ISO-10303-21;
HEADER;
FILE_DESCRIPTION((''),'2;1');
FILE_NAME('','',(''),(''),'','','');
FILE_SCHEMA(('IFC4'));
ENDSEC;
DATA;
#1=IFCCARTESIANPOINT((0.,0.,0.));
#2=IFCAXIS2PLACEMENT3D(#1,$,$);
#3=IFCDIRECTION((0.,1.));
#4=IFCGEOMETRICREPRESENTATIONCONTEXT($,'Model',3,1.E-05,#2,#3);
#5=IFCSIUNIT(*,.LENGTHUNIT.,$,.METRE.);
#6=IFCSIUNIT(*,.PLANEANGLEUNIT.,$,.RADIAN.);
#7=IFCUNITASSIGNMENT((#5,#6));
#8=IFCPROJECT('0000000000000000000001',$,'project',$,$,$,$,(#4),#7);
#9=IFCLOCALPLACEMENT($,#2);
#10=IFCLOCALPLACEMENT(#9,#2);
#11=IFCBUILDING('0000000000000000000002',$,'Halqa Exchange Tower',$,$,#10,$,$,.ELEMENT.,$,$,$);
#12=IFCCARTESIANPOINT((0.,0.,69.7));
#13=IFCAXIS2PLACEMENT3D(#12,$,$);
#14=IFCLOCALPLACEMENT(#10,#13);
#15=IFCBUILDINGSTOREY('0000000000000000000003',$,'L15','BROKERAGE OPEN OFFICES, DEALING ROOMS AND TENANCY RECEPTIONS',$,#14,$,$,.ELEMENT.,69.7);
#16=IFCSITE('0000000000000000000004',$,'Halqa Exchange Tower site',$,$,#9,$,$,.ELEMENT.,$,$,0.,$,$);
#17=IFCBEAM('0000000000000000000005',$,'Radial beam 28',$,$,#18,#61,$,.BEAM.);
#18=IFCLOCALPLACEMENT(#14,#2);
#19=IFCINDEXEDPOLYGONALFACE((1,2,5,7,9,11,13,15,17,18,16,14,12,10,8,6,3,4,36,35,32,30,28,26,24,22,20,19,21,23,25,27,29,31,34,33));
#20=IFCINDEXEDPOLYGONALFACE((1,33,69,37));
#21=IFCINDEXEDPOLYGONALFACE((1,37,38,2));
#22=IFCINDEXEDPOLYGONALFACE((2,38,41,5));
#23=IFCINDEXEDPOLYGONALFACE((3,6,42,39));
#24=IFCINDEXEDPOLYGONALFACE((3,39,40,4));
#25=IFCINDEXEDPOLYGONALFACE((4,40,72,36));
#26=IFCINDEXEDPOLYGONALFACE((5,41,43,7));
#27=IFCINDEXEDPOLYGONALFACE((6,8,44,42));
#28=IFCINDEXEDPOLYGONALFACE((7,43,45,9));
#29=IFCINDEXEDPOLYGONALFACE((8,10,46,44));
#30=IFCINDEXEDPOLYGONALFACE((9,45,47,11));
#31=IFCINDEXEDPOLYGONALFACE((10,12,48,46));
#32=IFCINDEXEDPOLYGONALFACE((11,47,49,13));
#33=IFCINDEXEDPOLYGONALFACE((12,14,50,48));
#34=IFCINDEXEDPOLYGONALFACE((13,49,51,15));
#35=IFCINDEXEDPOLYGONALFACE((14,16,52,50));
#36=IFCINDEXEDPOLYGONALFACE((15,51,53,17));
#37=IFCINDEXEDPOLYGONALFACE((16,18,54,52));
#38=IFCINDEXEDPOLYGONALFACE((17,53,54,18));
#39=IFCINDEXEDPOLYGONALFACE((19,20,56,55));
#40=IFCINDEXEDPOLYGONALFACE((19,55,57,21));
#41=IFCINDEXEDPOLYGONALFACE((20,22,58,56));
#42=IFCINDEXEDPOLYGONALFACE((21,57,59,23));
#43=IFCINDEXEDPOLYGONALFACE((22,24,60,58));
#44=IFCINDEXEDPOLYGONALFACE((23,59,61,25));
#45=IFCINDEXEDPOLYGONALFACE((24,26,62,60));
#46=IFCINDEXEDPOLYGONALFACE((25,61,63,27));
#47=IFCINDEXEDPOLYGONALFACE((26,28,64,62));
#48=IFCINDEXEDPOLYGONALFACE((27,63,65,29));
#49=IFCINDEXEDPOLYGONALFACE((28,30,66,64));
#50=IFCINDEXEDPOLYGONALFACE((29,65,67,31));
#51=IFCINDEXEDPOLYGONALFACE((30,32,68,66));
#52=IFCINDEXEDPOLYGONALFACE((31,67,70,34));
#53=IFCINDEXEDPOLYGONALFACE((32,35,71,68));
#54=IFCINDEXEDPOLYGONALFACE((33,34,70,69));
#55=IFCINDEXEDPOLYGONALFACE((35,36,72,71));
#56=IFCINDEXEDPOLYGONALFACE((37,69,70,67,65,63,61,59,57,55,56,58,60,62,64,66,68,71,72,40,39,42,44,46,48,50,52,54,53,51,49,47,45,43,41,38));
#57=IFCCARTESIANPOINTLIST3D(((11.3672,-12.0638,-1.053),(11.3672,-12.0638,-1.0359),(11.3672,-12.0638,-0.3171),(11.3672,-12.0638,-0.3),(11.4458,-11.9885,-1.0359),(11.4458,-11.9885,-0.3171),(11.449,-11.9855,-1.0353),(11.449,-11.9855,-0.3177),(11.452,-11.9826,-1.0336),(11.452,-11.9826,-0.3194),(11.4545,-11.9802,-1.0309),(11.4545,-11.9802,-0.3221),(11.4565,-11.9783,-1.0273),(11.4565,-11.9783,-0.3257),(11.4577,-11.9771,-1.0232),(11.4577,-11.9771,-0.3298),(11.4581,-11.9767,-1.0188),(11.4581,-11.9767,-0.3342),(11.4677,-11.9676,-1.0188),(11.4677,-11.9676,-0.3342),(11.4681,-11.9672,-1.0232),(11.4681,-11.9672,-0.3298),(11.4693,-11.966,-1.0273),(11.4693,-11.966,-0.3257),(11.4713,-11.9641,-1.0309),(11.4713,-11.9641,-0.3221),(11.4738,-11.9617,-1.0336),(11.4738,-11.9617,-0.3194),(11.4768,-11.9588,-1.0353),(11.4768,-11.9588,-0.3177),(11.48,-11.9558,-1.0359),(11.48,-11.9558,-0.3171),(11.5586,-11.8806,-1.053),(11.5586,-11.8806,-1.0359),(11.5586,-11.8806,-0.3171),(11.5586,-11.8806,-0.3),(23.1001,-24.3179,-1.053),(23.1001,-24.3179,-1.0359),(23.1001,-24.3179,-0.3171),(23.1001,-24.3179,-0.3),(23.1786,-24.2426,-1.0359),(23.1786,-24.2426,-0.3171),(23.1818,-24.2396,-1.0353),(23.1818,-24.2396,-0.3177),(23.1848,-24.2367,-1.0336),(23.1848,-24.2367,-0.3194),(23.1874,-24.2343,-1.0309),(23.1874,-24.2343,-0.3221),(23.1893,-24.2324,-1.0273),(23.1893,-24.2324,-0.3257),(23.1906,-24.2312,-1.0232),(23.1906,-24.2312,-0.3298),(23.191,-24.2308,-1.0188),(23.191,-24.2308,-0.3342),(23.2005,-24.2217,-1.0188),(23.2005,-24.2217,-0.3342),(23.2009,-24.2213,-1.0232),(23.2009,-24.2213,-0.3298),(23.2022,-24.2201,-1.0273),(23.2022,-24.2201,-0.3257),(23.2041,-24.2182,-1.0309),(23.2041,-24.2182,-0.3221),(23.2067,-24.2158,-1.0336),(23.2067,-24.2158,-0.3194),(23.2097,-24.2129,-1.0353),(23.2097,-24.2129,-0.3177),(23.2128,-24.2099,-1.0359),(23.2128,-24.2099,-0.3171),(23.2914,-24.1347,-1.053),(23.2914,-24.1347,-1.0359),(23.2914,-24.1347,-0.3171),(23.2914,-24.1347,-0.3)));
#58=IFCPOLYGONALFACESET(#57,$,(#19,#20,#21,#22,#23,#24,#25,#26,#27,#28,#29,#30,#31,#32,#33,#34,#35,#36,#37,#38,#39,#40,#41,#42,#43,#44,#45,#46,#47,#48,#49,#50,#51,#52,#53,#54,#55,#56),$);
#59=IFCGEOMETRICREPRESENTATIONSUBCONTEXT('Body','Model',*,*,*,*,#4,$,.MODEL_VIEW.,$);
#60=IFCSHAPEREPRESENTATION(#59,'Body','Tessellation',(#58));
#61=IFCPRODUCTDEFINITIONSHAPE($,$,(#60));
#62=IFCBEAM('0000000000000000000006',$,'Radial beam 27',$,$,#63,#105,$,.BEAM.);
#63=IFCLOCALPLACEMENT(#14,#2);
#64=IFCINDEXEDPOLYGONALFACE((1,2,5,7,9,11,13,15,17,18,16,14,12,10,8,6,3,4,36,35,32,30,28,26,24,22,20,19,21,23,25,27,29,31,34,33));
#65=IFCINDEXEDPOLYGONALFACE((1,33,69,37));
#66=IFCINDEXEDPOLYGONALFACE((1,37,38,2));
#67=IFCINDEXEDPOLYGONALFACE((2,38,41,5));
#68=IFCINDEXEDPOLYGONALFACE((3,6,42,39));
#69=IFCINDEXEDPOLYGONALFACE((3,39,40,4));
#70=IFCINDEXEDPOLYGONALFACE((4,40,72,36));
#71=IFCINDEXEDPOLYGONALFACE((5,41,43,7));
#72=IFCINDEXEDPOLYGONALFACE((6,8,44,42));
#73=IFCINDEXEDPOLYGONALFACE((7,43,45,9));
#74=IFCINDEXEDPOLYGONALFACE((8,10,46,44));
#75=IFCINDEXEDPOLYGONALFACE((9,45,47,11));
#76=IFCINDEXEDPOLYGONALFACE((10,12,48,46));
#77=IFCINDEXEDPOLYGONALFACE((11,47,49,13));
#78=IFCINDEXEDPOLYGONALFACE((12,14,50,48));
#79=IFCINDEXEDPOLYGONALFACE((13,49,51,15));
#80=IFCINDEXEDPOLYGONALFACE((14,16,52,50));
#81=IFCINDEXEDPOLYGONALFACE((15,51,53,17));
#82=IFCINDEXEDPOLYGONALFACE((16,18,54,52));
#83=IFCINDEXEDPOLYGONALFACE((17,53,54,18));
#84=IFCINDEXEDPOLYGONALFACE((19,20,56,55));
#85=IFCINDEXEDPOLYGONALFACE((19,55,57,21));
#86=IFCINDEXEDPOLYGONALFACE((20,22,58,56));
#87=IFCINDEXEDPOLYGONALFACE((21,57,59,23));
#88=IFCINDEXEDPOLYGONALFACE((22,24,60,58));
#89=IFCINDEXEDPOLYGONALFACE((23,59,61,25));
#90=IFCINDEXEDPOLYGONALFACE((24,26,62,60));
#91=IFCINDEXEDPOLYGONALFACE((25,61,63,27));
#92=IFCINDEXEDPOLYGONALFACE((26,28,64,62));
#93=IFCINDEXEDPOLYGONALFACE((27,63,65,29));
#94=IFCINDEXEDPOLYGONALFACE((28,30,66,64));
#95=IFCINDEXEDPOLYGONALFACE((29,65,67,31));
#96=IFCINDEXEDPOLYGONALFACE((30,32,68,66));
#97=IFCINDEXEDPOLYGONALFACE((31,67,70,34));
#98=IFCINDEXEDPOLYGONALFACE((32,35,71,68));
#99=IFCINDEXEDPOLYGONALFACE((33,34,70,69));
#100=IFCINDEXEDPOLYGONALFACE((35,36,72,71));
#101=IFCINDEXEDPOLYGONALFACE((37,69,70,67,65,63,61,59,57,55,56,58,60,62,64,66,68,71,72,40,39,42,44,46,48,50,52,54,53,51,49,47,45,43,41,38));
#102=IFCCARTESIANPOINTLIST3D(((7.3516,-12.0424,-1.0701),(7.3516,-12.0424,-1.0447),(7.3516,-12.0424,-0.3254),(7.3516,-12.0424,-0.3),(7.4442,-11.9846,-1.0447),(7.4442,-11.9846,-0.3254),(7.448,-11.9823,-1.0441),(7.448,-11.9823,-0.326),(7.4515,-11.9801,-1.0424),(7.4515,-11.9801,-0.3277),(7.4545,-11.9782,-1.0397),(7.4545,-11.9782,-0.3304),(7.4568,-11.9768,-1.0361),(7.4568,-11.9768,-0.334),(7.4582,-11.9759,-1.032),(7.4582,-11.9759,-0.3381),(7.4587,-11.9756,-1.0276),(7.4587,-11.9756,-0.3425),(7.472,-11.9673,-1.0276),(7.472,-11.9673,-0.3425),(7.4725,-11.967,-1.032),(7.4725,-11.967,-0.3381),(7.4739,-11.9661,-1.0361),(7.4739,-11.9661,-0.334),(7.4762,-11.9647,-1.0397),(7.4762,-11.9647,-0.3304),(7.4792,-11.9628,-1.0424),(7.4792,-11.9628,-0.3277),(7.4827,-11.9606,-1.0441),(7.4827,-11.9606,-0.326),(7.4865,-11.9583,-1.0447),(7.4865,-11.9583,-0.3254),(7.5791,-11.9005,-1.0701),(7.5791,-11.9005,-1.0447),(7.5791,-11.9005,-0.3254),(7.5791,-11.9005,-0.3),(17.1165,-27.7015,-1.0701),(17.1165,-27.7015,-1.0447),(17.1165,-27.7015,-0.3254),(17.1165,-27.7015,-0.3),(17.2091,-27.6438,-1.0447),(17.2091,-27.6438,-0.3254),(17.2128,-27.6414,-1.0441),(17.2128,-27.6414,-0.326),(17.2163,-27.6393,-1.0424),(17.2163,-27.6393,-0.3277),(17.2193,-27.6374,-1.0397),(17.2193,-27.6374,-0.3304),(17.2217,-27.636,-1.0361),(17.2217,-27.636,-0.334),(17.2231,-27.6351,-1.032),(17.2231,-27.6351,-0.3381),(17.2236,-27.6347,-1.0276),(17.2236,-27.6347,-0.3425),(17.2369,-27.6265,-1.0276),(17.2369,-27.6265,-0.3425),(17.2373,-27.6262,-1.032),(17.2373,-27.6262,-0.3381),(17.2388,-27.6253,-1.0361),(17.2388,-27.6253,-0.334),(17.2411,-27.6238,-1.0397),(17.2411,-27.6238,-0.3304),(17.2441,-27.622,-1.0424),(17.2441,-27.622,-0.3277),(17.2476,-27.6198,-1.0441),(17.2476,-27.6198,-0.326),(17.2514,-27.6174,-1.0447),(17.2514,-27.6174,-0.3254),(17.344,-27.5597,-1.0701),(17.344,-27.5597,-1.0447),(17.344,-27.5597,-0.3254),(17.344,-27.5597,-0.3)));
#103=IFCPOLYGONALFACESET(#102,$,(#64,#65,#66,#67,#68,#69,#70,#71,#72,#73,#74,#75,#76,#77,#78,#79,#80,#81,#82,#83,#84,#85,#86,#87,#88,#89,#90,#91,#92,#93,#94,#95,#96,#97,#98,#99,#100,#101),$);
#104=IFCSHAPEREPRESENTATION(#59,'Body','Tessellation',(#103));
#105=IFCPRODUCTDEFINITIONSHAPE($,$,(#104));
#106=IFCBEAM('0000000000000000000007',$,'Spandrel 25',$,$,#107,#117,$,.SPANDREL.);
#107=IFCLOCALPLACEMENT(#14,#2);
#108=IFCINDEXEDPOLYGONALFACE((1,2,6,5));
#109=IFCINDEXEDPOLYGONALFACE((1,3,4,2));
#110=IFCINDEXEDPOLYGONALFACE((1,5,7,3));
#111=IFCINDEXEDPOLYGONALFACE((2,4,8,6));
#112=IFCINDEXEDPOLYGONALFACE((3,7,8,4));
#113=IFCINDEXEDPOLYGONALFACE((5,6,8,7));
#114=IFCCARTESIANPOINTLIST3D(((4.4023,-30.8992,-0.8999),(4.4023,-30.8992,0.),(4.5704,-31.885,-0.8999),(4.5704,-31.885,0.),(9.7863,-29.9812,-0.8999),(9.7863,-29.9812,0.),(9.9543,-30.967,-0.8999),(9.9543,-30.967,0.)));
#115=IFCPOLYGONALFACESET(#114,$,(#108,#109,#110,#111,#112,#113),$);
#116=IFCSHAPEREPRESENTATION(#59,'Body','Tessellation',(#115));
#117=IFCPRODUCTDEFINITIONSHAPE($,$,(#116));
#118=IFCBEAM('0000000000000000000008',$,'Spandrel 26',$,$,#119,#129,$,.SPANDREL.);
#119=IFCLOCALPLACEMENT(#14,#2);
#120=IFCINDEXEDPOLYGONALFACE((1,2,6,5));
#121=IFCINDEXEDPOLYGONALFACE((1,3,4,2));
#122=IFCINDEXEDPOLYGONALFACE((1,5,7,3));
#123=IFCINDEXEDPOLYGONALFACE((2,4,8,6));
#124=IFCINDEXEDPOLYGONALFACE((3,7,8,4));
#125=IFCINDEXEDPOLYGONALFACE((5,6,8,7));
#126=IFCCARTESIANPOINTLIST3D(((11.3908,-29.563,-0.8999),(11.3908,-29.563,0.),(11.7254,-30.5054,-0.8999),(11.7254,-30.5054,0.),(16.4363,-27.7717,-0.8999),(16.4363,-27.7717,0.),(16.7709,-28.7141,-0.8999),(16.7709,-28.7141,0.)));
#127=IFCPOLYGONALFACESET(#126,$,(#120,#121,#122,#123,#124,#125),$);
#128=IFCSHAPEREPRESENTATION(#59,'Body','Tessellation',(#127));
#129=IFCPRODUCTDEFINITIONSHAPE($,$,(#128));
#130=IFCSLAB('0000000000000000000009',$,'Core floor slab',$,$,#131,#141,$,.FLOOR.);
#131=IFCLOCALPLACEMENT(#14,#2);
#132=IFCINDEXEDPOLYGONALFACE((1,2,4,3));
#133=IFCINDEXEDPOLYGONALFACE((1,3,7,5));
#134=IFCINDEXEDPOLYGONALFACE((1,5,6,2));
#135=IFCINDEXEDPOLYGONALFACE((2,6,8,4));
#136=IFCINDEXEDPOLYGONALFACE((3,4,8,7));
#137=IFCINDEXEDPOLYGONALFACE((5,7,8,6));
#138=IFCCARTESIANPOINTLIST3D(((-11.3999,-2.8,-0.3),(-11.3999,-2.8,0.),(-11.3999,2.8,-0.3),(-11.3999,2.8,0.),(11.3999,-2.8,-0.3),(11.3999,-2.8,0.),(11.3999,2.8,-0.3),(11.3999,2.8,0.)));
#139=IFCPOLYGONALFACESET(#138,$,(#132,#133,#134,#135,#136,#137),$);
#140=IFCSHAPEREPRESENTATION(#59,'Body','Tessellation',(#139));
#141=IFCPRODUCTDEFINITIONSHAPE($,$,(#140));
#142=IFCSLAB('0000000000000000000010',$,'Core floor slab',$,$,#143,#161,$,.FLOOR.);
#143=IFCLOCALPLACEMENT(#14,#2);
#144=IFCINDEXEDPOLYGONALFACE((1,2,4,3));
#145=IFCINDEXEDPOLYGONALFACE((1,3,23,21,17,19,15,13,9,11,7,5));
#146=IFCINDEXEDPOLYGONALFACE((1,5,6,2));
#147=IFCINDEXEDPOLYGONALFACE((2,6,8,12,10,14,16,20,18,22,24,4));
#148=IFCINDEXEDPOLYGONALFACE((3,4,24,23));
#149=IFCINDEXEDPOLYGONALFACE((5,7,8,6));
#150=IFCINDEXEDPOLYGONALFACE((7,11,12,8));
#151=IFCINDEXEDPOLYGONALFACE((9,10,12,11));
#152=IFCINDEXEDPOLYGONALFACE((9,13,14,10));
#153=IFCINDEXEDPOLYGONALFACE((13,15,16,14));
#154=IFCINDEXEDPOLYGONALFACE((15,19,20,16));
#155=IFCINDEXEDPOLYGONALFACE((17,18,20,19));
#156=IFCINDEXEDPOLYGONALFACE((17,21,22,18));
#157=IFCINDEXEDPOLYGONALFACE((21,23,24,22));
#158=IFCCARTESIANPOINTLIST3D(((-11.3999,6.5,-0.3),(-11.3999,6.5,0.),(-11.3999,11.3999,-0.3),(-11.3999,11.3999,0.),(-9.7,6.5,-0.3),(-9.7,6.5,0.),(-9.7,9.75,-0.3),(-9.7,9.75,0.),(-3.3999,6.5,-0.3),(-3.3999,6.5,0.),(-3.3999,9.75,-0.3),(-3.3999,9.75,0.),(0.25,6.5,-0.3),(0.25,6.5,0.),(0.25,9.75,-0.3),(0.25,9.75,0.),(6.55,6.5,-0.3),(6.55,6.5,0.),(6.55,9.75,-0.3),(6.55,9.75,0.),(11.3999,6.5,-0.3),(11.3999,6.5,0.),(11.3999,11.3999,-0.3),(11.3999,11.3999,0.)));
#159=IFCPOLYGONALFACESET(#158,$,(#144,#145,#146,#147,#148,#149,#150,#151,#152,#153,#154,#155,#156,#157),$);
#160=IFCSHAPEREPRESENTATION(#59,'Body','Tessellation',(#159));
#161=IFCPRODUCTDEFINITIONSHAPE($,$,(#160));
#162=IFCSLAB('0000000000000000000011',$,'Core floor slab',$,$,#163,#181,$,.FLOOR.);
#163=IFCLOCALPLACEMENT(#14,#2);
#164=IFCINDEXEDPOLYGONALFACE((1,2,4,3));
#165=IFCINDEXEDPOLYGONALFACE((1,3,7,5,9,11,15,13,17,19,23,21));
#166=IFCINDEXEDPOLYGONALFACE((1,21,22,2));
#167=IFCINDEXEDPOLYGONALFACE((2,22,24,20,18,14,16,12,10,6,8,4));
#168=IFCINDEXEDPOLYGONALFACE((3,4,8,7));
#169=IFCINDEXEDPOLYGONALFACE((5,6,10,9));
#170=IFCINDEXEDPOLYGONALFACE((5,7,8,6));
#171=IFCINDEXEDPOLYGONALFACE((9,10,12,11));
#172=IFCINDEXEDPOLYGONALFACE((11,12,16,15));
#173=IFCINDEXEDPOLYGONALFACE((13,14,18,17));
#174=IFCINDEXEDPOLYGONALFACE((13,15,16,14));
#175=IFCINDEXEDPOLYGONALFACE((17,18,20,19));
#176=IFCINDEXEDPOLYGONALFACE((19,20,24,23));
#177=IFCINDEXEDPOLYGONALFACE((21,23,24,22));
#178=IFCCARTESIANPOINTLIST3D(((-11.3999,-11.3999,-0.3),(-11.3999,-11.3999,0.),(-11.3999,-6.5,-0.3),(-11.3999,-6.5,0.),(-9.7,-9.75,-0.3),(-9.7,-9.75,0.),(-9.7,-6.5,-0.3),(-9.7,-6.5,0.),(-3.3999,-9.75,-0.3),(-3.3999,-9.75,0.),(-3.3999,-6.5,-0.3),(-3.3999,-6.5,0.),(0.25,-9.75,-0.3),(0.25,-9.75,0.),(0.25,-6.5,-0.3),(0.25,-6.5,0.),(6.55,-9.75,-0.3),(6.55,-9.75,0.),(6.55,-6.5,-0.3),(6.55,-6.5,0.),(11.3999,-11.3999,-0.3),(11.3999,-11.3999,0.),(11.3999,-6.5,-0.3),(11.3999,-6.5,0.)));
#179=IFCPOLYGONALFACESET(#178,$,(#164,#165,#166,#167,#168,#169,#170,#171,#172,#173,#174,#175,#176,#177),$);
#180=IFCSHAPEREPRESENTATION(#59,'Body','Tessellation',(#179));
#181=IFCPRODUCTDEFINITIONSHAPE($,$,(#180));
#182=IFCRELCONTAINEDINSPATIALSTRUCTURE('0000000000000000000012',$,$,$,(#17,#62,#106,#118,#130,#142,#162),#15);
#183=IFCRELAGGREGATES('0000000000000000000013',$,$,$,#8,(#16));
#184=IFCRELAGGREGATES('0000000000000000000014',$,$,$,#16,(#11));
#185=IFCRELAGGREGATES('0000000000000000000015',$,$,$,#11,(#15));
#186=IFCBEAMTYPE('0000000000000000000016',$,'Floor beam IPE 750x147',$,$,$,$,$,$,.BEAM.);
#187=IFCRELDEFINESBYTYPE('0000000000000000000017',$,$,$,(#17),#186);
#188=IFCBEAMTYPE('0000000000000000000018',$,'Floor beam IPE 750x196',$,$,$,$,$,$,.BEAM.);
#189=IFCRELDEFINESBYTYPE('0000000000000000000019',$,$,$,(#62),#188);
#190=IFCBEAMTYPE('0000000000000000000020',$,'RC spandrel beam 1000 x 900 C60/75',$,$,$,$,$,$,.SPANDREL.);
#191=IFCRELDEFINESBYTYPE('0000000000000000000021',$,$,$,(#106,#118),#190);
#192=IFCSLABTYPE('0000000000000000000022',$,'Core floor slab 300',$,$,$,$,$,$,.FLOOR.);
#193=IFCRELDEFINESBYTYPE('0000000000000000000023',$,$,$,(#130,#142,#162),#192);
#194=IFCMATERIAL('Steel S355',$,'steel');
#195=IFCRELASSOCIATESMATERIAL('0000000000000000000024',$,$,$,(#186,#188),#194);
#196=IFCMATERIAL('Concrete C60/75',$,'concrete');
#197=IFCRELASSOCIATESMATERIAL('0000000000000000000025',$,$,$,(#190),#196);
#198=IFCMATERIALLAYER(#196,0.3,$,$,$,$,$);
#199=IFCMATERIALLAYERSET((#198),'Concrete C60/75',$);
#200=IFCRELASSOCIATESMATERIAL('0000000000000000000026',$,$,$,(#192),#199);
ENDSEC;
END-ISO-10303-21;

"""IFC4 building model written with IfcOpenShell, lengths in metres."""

from ifc_helpers import new_model, si_unit, direction, frame, origin, origin_2d, place, context, subcontext, project, spatial, polyline, rectangle, i_section, outline, extrude, material, layer, layer_set, material_profile, profile_set, type_object, element, save


model = new_model("IFC4")

# Units and contexts
model_context = context("Model", 3, precision=1e-05, world=origin(), true_north=direction((0.0, 1.0)))
body_context = subcontext(model_context, "Body", "Model", "MODEL_VIEW")
ifc_project = project(units=[si_unit("LENGTHUNIT", "METRE"), si_unit("PLANEANGLEUNIT", "RADIAN")], contexts=[model_context])

# Site, building, storey
site_placement = place(None, origin())
site = spatial("IfcSite", under=ifc_project, at=site_placement, Name="Halqa Exchange Tower site", CompositionType="ELEMENT", RefElevation=0.0)
building_placement = place(site_placement, origin())
building = spatial("IfcBuilding", under=site, at=building_placement, Name="Halqa Exchange Tower", CompositionType="ELEMENT")
storey_placement = place(building_placement, frame((0.0, 0.0, 69.7)))
storey = spatial("IfcBuildingStorey", under=building, at=storey_placement, Name="L15", Description="BROKERAGE OPEN OFFICES, DEALING ROOMS AND TENANCY RECEPTIONS", CompositionType="ELEMENT", Elevation=69.7)

# Beams
ifc_material_1 = material(Name="Steel S355", Category="steel")
ifc_material_profile_1 = material_profile(ifc_material_1, i_section(OverallWidth=0.2649, OverallDepth=0.7529, WebThickness=0.0132, FlangeThickness=0.0171, FilletRadius=0.0171, at=origin_2d()), Name="IPE 750x147")
ifc_profile_set_1 = profile_set([ifc_material_profile_1], Name="Steel S355")
beam_type_1 = type_object("IfcBeamType", Name="Floor beam IPE 750x147", PredefinedType="BEAM", material=ifc_profile_set_1)
beam_1_placement = place(storey_placement, frame((11.4629, -11.9722, -0.6765), z_axis=(0.691578, -0.722302, 0.0), x_axis=(0.722302, 0.691578, 0.0)))
element("IfcBeam", 1, at=beam_1_placement, inside=storey, type_object=beam_type_1, Name="Radial beam 28", PredefinedType="BEAM", context=body_context, shape_type="SweptSolid", body=[
    extrude(i_section(OverallWidth=0.2649, OverallDepth=0.7529, WebThickness=0.0132, FlangeThickness=0.0171, FilletRadius=0.0171, at=origin_2d()), origin(), (0.0, 0.0, 1.0), 16.9653),
])
ifc_material_profile_2 = material_profile(ifc_material_1, i_section(OverallWidth=0.2681, OverallDepth=0.77, WebThickness=0.0156, FlangeThickness=0.0254, FilletRadius=0.0171, at=origin_2d()), Name="IPE 750x196")
ifc_profile_set_2 = profile_set([ifc_material_profile_2], Name="Steel S355")
beam_type_2 = type_object("IfcBeamType", Name="Floor beam IPE 750x196", PredefinedType="BEAM", material=ifc_profile_set_2)
beam_2_placement = place(storey_placement, frame((7.4653, -11.9714, -0.6851), z_axis=(0.529138, -0.848536, 0.0), x_axis=(0.848536, 0.529138, 0.0)))
element("IfcBeam", 2, at=beam_2_placement, inside=storey, type_object=beam_type_2, Name="Radial beam 27", PredefinedType="BEAM", context=body_context, shape_type="SweptSolid", body=[
    extrude(i_section(OverallWidth=0.2681, OverallDepth=0.77, WebThickness=0.0156, FlangeThickness=0.0254, FilletRadius=0.0171, at=origin_2d()), origin(), (0.0, 0.0, 1.0), 18.4543),
])
ifc_material_2 = material(Name="Concrete C60/75", Category="concrete")
ifc_material_profile_3 = material_profile(ifc_material_2, rectangle(XDim=1.0, YDim=0.8999, at=origin_2d()), Name="1000 x 900")
ifc_profile_set_3 = profile_set([ifc_material_profile_3], Name="Concrete C60/75")
beam_type_3 = type_object("IfcBeamType", Name="RC spandrel beam 1000 x 900 C60/75", PredefinedType="SPANDREL", material=ifc_profile_set_3)
beam_3_placement = place(storey_placement, frame((4.4863, -31.3921, -0.45), z_axis=(0.985775, 0.168073, 0.0), x_axis=(-0.168073, 0.985775, 0.0)))
element("IfcBeam", 3, at=beam_3_placement, inside=storey, type_object=beam_type_3, Name="Spandrel 25", PredefinedType="SPANDREL", context=body_context, shape_type="SweptSolid", body=[
    extrude(rectangle(XDim=1.0, YDim=0.8999, at=origin_2d()), origin(), (0.0, 0.0, 1.0), 5.4617),
])
beam_4_placement = place(storey_placement, frame((11.5581, -30.0342, -0.45), z_axis=(0.942372, 0.334568, 0.0), x_axis=(-0.334568, 0.942372, 0.0)))
element("IfcBeam", 4, at=beam_4_placement, inside=storey, type_object=beam_type_3, Name="Spandrel 26", PredefinedType="SPANDREL", context=body_context, shape_type="SweptSolid", body=[
    extrude(rectangle(XDim=1.0, YDim=0.8999, at=origin_2d()), origin(), (0.0, 0.0, 1.0), 5.354),
])

# Slabs
ifc_layer_1 = layer(ifc_material_2, 0.3)
ifc_layer_set_1 = layer_set([ifc_layer_1], Name="Concrete C60/75")
slab_type_1 = type_object("IfcSlabType", Name="Core floor slab 300", PredefinedType="FLOOR", material=ifc_layer_set_1)
slab_1_placement = place(storey_placement, frame((0.0, 0.0, -0.3)))
element("IfcSlab", 5, at=slab_1_placement, inside=storey, type_object=slab_type_1, Name="Core floor slab", PredefinedType="FLOOR", context=body_context, shape_type="SweptSolid", body=[
    extrude(outline(polyline([(-11.3999, 2.8), (11.3999, 2.8), (11.3999, -2.8), (-11.3999, -2.8), (-11.3999, 2.8)])), origin(), (0.0, 0.0, 1.0), 0.3),
])
slab_2_placement = place(storey_placement, frame((0.0, 0.0, -0.3)))
element("IfcSlab", 6, at=slab_2_placement, inside=storey, type_object=slab_type_1, Name="Core floor slab", PredefinedType="FLOOR", context=body_context, shape_type="SweptSolid", body=[
    extrude(outline(polyline([(-11.3999, 11.3999), (11.3999, 11.3999), (11.3999, 6.5), (6.55, 6.5), (6.55, 9.75), (0.25, 9.75), (0.25, 6.5), (-3.3999, 6.5), (-3.3999, 9.75), (-9.7, 9.75), (-9.7, 6.5), (-11.3999, 6.5), (-11.3999, 11.3999)])), origin(), (0.0, 0.0, 1.0), 0.3),
])
slab_3_placement = place(storey_placement, frame((0.0, 0.0, -0.3)))
element("IfcSlab", 7, at=slab_3_placement, inside=storey, type_object=slab_type_1, Name="Core floor slab", PredefinedType="FLOOR", context=body_context, shape_type="SweptSolid", body=[
    extrude(outline(polyline([(-9.7, -9.75), (-3.3999, -9.75), (-3.3999, -6.5), (0.25, -6.5), (0.25, -9.75), (6.55, -9.75), (6.55, -6.5), (11.3999, -6.5), (11.3999, -11.3999), (-11.3999, -11.3999), (-11.3999, -6.5), (-9.7, -6.5), (-9.7, -9.75)])), origin(), (0.0, 0.0, 1.0), 0.3),
])

save(model, "model.ifc")
